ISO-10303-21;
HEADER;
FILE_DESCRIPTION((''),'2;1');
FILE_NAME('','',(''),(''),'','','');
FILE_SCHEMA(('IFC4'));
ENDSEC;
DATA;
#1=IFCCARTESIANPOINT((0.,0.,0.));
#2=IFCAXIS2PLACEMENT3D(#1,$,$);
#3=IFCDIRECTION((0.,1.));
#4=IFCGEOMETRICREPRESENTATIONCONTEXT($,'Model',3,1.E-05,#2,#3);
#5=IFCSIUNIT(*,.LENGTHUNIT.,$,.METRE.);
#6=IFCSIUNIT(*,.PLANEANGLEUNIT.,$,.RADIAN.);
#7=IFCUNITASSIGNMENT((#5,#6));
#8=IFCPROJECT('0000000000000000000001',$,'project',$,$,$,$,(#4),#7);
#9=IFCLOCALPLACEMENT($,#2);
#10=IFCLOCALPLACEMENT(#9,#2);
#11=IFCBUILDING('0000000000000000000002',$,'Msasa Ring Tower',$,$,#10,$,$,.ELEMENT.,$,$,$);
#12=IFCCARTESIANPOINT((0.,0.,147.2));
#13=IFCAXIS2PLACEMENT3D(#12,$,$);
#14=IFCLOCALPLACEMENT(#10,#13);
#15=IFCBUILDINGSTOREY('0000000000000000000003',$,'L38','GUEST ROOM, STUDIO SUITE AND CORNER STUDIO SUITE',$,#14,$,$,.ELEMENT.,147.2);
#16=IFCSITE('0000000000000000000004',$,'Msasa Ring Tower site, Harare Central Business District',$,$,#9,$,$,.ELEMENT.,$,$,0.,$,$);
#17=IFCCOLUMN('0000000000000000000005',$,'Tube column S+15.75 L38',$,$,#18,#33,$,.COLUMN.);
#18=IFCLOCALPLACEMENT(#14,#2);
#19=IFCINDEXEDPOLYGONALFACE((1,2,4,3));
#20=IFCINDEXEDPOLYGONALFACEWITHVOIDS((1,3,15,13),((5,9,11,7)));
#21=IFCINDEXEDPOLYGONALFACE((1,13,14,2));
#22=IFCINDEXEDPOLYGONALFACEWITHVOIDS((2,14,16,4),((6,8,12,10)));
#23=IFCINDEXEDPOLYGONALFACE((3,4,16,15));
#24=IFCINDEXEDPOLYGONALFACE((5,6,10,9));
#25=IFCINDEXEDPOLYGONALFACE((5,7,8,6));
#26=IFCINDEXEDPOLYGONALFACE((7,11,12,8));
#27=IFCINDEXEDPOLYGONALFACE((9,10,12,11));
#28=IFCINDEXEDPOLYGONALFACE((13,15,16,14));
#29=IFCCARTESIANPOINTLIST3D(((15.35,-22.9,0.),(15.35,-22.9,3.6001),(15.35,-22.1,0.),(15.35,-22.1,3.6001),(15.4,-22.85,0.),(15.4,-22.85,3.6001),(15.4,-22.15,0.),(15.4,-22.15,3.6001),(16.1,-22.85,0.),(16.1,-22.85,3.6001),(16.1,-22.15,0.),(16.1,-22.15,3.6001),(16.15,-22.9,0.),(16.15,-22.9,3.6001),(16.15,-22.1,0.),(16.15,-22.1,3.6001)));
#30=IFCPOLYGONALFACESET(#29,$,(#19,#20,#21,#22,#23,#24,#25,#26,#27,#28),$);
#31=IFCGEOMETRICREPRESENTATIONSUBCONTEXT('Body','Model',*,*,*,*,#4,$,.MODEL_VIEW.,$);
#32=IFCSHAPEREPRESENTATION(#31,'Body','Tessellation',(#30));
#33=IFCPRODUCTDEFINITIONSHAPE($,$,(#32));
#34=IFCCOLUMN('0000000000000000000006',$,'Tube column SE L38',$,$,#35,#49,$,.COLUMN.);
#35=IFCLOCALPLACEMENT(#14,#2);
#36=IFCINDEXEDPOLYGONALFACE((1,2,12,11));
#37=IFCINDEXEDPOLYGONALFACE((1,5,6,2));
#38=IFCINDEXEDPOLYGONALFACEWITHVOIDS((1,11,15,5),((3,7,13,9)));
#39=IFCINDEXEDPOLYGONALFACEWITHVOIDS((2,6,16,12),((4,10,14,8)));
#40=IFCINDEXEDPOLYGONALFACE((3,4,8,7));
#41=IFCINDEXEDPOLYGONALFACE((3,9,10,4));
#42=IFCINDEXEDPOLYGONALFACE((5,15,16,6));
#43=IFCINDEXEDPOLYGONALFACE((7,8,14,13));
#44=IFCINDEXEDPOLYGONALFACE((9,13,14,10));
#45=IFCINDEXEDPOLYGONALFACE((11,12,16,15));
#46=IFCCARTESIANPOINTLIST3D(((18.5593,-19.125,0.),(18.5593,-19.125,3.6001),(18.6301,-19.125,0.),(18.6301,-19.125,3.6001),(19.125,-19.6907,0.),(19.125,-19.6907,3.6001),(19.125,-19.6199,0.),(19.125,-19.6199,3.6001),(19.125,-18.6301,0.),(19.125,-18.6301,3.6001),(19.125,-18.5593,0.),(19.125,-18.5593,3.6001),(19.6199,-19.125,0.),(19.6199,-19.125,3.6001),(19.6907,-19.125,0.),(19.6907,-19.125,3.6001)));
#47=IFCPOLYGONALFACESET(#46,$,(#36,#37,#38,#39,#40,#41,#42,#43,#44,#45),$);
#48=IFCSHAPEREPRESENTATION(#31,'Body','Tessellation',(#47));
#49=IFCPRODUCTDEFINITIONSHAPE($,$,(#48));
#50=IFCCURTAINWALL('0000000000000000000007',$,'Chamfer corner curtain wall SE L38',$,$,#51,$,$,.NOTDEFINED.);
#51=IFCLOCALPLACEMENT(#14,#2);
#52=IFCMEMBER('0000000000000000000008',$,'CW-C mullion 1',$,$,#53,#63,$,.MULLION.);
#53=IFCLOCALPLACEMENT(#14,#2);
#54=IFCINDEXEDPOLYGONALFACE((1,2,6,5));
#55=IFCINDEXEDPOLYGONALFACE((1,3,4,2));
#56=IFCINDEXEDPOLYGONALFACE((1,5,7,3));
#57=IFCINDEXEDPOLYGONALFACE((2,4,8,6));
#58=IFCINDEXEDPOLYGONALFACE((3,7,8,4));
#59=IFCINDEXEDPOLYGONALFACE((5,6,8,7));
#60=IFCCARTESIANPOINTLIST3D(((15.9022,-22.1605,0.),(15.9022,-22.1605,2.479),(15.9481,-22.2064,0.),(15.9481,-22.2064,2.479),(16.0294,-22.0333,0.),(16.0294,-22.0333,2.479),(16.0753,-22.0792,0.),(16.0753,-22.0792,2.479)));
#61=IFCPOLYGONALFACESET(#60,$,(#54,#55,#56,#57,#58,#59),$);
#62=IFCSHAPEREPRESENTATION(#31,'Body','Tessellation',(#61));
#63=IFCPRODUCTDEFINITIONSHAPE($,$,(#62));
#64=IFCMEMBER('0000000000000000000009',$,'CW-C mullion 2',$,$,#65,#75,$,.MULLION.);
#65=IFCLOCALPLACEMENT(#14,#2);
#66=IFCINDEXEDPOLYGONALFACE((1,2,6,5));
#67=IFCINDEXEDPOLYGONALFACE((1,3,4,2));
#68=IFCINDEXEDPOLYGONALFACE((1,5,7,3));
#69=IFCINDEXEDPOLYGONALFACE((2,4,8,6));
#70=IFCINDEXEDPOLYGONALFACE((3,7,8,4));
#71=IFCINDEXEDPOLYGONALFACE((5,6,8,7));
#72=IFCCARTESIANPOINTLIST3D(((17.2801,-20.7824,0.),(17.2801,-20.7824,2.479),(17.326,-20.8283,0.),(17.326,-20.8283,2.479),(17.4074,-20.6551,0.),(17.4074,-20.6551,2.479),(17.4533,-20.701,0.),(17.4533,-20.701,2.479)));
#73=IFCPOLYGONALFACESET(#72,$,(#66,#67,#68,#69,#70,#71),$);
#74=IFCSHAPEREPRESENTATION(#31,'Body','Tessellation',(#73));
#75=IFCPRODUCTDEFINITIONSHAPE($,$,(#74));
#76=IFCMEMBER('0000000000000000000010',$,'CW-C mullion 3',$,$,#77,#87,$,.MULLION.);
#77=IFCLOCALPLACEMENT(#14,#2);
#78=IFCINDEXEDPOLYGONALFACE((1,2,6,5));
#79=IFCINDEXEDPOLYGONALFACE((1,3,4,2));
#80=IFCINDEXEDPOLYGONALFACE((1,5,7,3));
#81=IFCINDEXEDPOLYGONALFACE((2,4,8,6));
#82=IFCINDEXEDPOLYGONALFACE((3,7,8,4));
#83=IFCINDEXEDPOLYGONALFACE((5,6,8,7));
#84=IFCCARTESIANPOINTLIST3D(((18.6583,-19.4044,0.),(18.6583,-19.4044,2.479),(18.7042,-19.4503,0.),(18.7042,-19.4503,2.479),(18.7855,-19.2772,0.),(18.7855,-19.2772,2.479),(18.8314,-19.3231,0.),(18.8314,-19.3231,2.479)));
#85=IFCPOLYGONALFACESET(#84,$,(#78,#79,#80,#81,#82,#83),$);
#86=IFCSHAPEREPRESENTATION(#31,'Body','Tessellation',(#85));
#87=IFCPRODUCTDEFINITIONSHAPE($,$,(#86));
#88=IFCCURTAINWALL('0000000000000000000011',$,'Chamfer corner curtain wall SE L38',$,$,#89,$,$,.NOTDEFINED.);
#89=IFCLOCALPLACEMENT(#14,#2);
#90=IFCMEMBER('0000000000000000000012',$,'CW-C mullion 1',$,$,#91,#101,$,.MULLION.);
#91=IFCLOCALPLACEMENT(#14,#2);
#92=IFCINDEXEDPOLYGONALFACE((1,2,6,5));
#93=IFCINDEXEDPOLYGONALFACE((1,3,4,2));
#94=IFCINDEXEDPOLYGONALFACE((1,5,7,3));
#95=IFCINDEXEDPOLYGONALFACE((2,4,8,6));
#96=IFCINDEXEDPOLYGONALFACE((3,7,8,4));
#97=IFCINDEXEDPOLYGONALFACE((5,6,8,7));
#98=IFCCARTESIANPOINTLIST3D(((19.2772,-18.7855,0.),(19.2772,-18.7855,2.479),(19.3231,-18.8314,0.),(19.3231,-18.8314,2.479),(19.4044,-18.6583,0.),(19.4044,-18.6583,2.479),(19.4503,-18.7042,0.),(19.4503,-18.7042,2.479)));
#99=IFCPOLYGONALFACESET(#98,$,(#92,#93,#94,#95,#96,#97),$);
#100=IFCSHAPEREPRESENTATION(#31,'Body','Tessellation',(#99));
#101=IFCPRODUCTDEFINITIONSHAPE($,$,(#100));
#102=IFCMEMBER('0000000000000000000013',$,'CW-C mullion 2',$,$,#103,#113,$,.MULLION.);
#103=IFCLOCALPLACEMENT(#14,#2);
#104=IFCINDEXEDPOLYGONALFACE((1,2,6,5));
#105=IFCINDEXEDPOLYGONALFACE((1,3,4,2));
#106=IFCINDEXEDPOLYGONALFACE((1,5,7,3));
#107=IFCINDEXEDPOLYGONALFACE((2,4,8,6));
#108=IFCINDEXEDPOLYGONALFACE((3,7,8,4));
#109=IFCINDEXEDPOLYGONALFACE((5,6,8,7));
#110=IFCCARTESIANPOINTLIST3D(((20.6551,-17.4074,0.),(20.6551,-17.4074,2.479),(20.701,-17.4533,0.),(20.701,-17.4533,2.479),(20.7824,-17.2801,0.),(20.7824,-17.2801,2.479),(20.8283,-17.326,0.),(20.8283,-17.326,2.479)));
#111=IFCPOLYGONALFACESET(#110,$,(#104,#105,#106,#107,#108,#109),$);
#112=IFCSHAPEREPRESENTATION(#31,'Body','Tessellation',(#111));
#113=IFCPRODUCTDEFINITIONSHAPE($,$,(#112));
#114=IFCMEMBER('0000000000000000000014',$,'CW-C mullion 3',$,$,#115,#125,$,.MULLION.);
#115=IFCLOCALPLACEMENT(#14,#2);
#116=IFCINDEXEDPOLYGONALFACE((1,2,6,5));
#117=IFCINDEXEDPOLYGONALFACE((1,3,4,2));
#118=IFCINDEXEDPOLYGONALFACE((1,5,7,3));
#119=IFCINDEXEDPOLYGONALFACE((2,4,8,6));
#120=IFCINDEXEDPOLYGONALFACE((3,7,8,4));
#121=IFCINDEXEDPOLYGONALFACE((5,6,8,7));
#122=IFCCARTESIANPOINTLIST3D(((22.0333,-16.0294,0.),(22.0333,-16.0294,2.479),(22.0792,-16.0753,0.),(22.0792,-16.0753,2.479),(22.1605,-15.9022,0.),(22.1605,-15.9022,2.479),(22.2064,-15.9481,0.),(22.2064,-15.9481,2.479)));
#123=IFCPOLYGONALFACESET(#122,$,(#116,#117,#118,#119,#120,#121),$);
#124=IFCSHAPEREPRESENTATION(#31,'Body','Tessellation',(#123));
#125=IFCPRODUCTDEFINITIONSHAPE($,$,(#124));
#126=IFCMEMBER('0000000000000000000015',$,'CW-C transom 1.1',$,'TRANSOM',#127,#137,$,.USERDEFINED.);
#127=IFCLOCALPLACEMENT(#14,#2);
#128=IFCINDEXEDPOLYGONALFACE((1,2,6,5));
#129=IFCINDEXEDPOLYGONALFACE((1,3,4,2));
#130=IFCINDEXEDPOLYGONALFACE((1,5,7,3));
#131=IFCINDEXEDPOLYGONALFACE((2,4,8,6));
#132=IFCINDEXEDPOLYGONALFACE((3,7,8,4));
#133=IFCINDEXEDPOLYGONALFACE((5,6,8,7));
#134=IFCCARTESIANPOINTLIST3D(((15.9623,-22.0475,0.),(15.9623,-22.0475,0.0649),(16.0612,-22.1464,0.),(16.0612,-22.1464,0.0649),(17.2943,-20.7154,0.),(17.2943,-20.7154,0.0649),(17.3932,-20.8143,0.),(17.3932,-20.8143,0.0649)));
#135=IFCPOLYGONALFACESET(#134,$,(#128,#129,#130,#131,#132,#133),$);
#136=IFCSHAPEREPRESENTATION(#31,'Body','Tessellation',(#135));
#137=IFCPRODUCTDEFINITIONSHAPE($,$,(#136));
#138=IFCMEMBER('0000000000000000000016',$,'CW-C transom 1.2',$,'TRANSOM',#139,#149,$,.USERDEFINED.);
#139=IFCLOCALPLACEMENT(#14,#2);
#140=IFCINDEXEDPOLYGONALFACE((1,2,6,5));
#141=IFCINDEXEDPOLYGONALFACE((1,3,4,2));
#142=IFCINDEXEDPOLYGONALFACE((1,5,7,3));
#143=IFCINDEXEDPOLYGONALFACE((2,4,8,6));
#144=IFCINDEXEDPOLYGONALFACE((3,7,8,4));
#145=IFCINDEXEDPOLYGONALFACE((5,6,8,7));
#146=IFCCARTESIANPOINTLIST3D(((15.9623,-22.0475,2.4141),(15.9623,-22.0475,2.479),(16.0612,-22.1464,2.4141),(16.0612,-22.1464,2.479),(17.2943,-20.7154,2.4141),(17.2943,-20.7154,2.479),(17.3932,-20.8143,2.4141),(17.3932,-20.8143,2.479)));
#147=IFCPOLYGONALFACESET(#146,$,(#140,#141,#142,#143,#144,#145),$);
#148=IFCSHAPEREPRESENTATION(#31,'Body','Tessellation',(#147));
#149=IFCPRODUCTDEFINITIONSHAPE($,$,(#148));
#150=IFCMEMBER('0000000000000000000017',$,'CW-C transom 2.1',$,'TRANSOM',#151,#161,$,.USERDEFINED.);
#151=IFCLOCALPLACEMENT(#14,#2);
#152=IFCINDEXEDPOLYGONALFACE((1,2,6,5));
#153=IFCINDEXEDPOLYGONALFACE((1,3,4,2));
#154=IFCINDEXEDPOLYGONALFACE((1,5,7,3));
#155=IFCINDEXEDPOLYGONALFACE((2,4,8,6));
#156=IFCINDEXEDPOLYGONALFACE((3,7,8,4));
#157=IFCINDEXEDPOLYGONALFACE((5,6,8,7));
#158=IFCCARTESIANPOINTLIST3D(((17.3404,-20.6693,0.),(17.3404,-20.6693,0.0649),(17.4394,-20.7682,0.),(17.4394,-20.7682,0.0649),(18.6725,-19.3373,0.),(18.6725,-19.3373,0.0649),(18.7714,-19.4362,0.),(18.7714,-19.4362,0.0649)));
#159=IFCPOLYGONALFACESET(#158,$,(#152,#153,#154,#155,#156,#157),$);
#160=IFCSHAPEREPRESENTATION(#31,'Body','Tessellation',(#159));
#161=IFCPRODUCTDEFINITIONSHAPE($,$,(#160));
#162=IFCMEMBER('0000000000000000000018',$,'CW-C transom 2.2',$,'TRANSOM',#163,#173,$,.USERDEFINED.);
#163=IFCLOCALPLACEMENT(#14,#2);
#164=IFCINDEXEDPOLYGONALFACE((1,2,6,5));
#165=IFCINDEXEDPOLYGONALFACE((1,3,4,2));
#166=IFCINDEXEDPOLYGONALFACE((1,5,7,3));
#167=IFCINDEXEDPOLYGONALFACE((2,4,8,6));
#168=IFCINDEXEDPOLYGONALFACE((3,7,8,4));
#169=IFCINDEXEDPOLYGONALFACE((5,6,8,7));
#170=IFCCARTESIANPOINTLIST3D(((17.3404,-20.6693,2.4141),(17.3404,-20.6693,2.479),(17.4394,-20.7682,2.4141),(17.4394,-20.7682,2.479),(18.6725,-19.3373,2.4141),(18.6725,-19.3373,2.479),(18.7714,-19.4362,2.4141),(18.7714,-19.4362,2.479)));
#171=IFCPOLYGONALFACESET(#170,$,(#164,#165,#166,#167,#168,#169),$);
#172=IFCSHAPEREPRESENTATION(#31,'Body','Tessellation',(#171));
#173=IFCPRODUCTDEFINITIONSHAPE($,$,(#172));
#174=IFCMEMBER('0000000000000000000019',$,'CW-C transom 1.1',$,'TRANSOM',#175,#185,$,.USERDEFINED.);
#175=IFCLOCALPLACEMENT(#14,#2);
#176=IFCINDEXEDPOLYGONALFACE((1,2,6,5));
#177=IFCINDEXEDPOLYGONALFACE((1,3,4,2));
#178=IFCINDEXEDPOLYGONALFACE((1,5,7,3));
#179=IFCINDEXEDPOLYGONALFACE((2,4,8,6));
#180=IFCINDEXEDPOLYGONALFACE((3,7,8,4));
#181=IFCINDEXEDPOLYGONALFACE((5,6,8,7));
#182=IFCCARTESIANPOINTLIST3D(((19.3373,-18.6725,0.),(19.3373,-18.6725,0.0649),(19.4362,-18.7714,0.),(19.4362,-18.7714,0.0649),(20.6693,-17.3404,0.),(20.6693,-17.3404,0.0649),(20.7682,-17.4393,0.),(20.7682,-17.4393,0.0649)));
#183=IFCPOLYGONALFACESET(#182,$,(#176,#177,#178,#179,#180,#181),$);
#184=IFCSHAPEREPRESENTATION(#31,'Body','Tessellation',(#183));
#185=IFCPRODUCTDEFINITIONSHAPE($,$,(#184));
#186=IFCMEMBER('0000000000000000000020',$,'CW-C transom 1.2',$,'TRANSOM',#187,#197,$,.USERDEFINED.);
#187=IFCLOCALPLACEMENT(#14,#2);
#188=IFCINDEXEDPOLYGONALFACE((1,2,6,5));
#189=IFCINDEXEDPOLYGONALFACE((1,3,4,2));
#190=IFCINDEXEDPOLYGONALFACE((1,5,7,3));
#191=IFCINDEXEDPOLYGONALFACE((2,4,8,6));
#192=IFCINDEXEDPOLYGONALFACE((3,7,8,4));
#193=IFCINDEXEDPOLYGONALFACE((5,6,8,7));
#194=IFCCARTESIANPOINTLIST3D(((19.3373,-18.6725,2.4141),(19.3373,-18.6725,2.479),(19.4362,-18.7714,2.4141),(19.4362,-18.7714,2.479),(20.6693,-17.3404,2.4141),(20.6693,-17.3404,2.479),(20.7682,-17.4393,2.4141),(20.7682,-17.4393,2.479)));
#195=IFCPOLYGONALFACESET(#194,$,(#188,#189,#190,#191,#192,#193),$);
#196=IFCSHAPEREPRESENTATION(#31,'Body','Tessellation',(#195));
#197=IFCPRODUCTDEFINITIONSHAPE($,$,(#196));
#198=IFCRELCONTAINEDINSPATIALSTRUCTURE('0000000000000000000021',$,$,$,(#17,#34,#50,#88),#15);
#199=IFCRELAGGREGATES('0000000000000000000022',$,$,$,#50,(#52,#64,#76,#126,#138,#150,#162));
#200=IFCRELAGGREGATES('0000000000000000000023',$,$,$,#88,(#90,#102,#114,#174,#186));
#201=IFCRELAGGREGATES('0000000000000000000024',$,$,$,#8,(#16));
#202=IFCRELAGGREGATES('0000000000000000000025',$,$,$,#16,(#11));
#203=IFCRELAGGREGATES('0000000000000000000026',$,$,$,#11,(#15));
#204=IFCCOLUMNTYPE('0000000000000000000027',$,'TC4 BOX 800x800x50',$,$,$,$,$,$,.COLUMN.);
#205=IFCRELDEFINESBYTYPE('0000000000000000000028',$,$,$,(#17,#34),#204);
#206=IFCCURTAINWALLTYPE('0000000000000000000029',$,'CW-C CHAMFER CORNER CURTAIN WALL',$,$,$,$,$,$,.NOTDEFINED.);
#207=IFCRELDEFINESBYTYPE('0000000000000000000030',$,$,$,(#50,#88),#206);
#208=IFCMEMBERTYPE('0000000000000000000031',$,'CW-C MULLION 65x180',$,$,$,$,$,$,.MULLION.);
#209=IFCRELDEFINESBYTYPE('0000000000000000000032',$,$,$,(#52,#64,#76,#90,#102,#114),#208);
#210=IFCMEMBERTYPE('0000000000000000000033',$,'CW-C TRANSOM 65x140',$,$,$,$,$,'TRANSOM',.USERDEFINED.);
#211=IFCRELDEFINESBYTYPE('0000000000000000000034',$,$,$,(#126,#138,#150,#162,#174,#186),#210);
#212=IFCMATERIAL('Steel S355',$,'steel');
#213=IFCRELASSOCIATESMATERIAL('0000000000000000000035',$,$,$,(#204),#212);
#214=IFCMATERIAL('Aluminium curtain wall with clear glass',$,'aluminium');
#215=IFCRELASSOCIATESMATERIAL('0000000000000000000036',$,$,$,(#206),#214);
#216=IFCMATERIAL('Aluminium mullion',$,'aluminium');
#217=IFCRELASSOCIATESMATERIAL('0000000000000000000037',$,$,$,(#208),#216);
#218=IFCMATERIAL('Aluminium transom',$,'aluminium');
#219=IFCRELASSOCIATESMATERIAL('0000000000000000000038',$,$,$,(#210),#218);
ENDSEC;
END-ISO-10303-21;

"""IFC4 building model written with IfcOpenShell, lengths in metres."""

from ifc_helpers import new_model, si_unit, direction, frame, origin, origin_2d, place, context, subcontext, project, spatial, rectangle, hollow_rectangle, extrude, material, material_profile, profile_set, type_object, element, aggregate, save


model = new_model("IFC4")

# Units and contexts
model_context = context("Model", 3, precision=1e-05, world=origin(), true_north=direction((0.0, 1.0)))
body_context = subcontext(model_context, "Body", "Model", "MODEL_VIEW")
ifc_project = project(units=[si_unit("LENGTHUNIT", "METRE"), si_unit("PLANEANGLEUNIT", "RADIAN")], contexts=[model_context])

# Site, building, storey
site_placement = place(None, origin())
site = spatial("IfcSite", under=ifc_project, at=site_placement, Name="Msasa Ring Tower site, Harare Central Business District", CompositionType="ELEMENT", RefElevation=0.0)
building_placement = place(site_placement, origin())
building = spatial("IfcBuilding", under=site, at=building_placement, Name="Msasa Ring Tower", CompositionType="ELEMENT")
storey_placement = place(building_placement, frame((0.0, 0.0, 147.2)))
storey = spatial("IfcBuildingStorey", under=building, at=storey_placement, Name="L38", Description="GUEST ROOM, STUDIO SUITE AND CORNER STUDIO SUITE", CompositionType="ELEMENT", Elevation=147.2)

# Columns
ifc_material_1 = material(Name="Steel S355", Category="steel")
ifc_material_profile_1 = material_profile(ifc_material_1, hollow_rectangle(XDim=0.8, YDim=0.8, WallThickness=0.05, at=origin_2d()), Name="BOX 800x800x50")
ifc_profile_set_1 = profile_set([ifc_material_profile_1], Name="Steel S355")
column_type = type_object("IfcColumnType", Name="TC4 BOX 800x800x50", PredefinedType="COLUMN", material=ifc_profile_set_1)
for number, where, z_axis, x_axis, name in (
    (1, (15.75, -22.5, 0.0), (0.0, 0.0, 1.0), (0.0, 1.0, 0.0), "Tube column S+15.75 L38"),
    (2, (19.125, -19.125, 0.0), (0.0, 0.0, 1.0), (0.707107, -0.707107, 0.0), "Tube column SE L38"),
):
    element("IfcColumn", number, at=place(storey_placement, frame(where, z_axis=z_axis, x_axis=x_axis)), inside=storey, type_object=column_type, Name=name, PredefinedType="COLUMN", context=body_context, shape_type="SweptSolid", body=[
        extrude(hollow_rectangle(XDim=0.8, YDim=0.8, WallThickness=0.05, at=origin_2d()), origin(), (0.0, 0.0, 1.0), 3.6001),
    ])

# Curtain walls, members
ifc_material_2 = material(Name="Aluminium curtain wall with clear glass", Category="aluminium")
curtain_wall_type = type_object("IfcCurtainWallType", Name="CW-C CHAMFER CORNER CURTAIN WALL", PredefinedType="NOTDEFINED", material=ifc_material_2)
curtain_wall_1_placement = place(storey_placement, origin())
curtain_wall_1 = element("IfcCurtainWall", 3, at=curtain_wall_1_placement, inside=storey, type_object=curtain_wall_type, Name="Chamfer corner curtain wall SE L38", PredefinedType="NOTDEFINED")
ifc_material_3 = material(Name="Aluminium mullion", Category="aluminium")
ifc_material_profile_2 = material_profile(ifc_material_3, rectangle(XDim=0.0649, YDim=0.1799, at=origin_2d()), Name="AL 65x180")
ifc_profile_set_2 = profile_set([ifc_material_profile_2], Name="Aluminium mullion")
member_type_1 = type_object("IfcMemberType", Name="CW-C MULLION 65x180", PredefinedType="MULLION", material=ifc_profile_set_2)
member_1_placement = place(storey_placement, frame((15.9888, -22.1199, 0.0), z_axis=(0.0, 0.0, 1.0), x_axis=(-0.707107, 0.707107, 0.0)))
member_1 = element("IfcMember", 4, at=member_1_placement, type_object=member_type_1, Name="CW-C mullion 1", PredefinedType="MULLION", context=body_context, shape_type="SweptSolid", body=[
    extrude(rectangle(XDim=0.0649, YDim=0.1799, at=origin_2d()), origin(), (0.0, 0.0, 1.0), 2.479),
])
member_2_placement = place(storey_placement, frame((17.3667, -20.7417, 0.0), z_axis=(0.0, 0.0, 1.0), x_axis=(-0.707107, 0.707107, 0.0)))
member_2 = element("IfcMember", 5, at=member_2_placement, type_object=member_type_1, Name="CW-C mullion 2", PredefinedType="MULLION", context=body_context, shape_type="SweptSolid", body=[
    extrude(rectangle(XDim=0.0649, YDim=0.1799, at=origin_2d()), origin(), (0.0, 0.0, 1.0), 2.479),
])
member_3_placement = place(storey_placement, frame((18.7449, -19.3638, 0.0), z_axis=(0.0, 0.0, 1.0), x_axis=(-0.707107, 0.707107, 0.0)))
member_3 = element("IfcMember", 6, at=member_3_placement, type_object=member_type_1, Name="CW-C mullion 3", PredefinedType="MULLION", context=body_context, shape_type="SweptSolid", body=[
    extrude(rectangle(XDim=0.0649, YDim=0.1799, at=origin_2d()), origin(), (0.0, 0.0, 1.0), 2.479),
])
curtain_wall_2_placement = place(storey_placement, origin())
curtain_wall_2 = element("IfcCurtainWall", 7, at=curtain_wall_2_placement, inside=storey, type_object=curtain_wall_type, Name="Chamfer corner curtain wall SE L38", PredefinedType="NOTDEFINED")
member_4_placement = place(storey_placement, frame((19.3638, -18.7449, 0.0), z_axis=(0.0, 0.0, 1.0), x_axis=(-0.707107, 0.707107, 0.0)))
member_4 = element("IfcMember", 8, at=member_4_placement, type_object=member_type_1, Name="CW-C mullion 1", PredefinedType="MULLION", context=body_context, shape_type="SweptSolid", body=[
    extrude(rectangle(XDim=0.0649, YDim=0.1799, at=origin_2d()), origin(), (0.0, 0.0, 1.0), 2.479),
])
member_5_placement = place(storey_placement, frame((20.7417, -17.3667, 0.0), z_axis=(0.0, 0.0, 1.0), x_axis=(-0.707107, 0.707107, 0.0)))
member_5 = element("IfcMember", 9, at=member_5_placement, type_object=member_type_1, Name="CW-C mullion 2", PredefinedType="MULLION", context=body_context, shape_type="SweptSolid", body=[
    extrude(rectangle(XDim=0.0649, YDim=0.1799, at=origin_2d()), origin(), (0.0, 0.0, 1.0), 2.479),
])
member_6_placement = place(storey_placement, frame((22.1199, -15.9888, 0.0), z_axis=(0.0, 0.0, 1.0), x_axis=(-0.707107, 0.707107, 0.0)))
member_6 = element("IfcMember", 10, at=member_6_placement, type_object=member_type_1, Name="CW-C mullion 3", PredefinedType="MULLION", context=body_context, shape_type="SweptSolid", body=[
    extrude(rectangle(XDim=0.0649, YDim=0.1799, at=origin_2d()), origin(), (0.0, 0.0, 1.0), 2.479),
])

# Members
ifc_material_4 = material(Name="Aluminium transom", Category="aluminium")
ifc_material_profile_3 = material_profile(ifc_material_4, rectangle(XDim=0.1399, YDim=0.0649, at=origin_2d()), Name="AL 65x140")
ifc_profile_set_3 = profile_set([ifc_material_profile_3], Name="Aluminium transom")
member_type_2 = type_object("IfcMemberType", Name="CW-C TRANSOM 65x140", ElementType="TRANSOM", PredefinedType="USERDEFINED", material=ifc_profile_set_3)
member_7_placement = place(storey_placement, frame((16.0117, -22.0969, 0.0325), z_axis=(0.707107, 0.707107, 0.0), x_axis=(-0.707107, 0.707107, 0.0)))
member_7 = element("IfcMember", 11, at=member_7_placement, type_object=member_type_2, Name="CW-C transom 1.1", ObjectType="TRANSOM", PredefinedType="USERDEFINED", context=body_context, shape_type="SweptSolid", body=[
    extrude(rectangle(XDim=0.1399, YDim=0.0649, at=origin_2d()), origin(), (0.0, 0.0, 1.0), 1.8838),
])
member_8_placement = place(storey_placement, frame((16.0117, -22.0969, 2.4465), z_axis=(0.707107, 0.707107, 0.0), x_axis=(-0.707107, 0.707107, 0.0)))
member_8 = element("IfcMember", 12, at=member_8_placement, type_object=member_type_2, Name="CW-C transom 1.2", ObjectType="TRANSOM", PredefinedType="USERDEFINED", context=body_context, shape_type="SweptSolid", body=[
    extrude(rectangle(XDim=0.1399, YDim=0.0649, at=origin_2d()), origin(), (0.0, 0.0, 1.0), 1.8838),
])
member_9_placement = place(storey_placement, frame((17.3899, -20.7188, 0.0325), z_axis=(0.707107, 0.707107, 0.0), x_axis=(-0.707107, 0.707107, 0.0)))
member_9 = element("IfcMember", 13, at=member_9_placement, type_object=member_type_2, Name="CW-C transom 2.1", ObjectType="TRANSOM", PredefinedType="USERDEFINED", context=body_context, shape_type="SweptSolid", body=[
    extrude(rectangle(XDim=0.1399, YDim=0.0649, at=origin_2d()), origin(), (0.0, 0.0, 1.0), 1.8838),
])
member_10_placement = place(storey_placement, frame((17.3899, -20.7188, 2.4465), z_axis=(0.707107, 0.707107, 0.0), x_axis=(-0.707107, 0.707107, 0.0)))
member_10 = element("IfcMember", 14, at=member_10_placement, type_object=member_type_2, Name="CW-C transom 2.2", ObjectType="TRANSOM", PredefinedType="USERDEFINED", context=body_context, shape_type="SweptSolid", body=[
    extrude(rectangle(XDim=0.1399, YDim=0.0649, at=origin_2d()), origin(), (0.0, 0.0, 1.0), 1.8838),
])
member_11_placement = place(storey_placement, frame((19.3867, -18.7219, 0.0325), z_axis=(0.707107, 0.707107, 0.0), x_axis=(-0.707107, 0.707107, 0.0)))
member_11 = element("IfcMember", 15, at=member_11_placement, type_object=member_type_2, Name="CW-C transom 1.1", ObjectType="TRANSOM", PredefinedType="USERDEFINED", context=body_context, shape_type="SweptSolid", body=[
    extrude(rectangle(XDim=0.1399, YDim=0.0649, at=origin_2d()), origin(), (0.0, 0.0, 1.0), 1.8838),
])
member_12_placement = place(storey_placement, frame((19.3867, -18.7219, 2.4465), z_axis=(0.707107, 0.707107, 0.0), x_axis=(-0.707107, 0.707107, 0.0)))
member_12 = element("IfcMember", 16, at=member_12_placement, type_object=member_type_2, Name="CW-C transom 1.2", ObjectType="TRANSOM", PredefinedType="USERDEFINED", context=body_context, shape_type="SweptSolid", body=[
    extrude(rectangle(XDim=0.1399, YDim=0.0649, at=origin_2d()), origin(), (0.0, 0.0, 1.0), 1.8838),
])

aggregate(curtain_wall_1, [member_1, member_2, member_3, member_7, member_8, member_9, member_10])
aggregate(curtain_wall_2, [member_4, member_5, member_6, member_11, member_12])

save(model, "model.ifc")
